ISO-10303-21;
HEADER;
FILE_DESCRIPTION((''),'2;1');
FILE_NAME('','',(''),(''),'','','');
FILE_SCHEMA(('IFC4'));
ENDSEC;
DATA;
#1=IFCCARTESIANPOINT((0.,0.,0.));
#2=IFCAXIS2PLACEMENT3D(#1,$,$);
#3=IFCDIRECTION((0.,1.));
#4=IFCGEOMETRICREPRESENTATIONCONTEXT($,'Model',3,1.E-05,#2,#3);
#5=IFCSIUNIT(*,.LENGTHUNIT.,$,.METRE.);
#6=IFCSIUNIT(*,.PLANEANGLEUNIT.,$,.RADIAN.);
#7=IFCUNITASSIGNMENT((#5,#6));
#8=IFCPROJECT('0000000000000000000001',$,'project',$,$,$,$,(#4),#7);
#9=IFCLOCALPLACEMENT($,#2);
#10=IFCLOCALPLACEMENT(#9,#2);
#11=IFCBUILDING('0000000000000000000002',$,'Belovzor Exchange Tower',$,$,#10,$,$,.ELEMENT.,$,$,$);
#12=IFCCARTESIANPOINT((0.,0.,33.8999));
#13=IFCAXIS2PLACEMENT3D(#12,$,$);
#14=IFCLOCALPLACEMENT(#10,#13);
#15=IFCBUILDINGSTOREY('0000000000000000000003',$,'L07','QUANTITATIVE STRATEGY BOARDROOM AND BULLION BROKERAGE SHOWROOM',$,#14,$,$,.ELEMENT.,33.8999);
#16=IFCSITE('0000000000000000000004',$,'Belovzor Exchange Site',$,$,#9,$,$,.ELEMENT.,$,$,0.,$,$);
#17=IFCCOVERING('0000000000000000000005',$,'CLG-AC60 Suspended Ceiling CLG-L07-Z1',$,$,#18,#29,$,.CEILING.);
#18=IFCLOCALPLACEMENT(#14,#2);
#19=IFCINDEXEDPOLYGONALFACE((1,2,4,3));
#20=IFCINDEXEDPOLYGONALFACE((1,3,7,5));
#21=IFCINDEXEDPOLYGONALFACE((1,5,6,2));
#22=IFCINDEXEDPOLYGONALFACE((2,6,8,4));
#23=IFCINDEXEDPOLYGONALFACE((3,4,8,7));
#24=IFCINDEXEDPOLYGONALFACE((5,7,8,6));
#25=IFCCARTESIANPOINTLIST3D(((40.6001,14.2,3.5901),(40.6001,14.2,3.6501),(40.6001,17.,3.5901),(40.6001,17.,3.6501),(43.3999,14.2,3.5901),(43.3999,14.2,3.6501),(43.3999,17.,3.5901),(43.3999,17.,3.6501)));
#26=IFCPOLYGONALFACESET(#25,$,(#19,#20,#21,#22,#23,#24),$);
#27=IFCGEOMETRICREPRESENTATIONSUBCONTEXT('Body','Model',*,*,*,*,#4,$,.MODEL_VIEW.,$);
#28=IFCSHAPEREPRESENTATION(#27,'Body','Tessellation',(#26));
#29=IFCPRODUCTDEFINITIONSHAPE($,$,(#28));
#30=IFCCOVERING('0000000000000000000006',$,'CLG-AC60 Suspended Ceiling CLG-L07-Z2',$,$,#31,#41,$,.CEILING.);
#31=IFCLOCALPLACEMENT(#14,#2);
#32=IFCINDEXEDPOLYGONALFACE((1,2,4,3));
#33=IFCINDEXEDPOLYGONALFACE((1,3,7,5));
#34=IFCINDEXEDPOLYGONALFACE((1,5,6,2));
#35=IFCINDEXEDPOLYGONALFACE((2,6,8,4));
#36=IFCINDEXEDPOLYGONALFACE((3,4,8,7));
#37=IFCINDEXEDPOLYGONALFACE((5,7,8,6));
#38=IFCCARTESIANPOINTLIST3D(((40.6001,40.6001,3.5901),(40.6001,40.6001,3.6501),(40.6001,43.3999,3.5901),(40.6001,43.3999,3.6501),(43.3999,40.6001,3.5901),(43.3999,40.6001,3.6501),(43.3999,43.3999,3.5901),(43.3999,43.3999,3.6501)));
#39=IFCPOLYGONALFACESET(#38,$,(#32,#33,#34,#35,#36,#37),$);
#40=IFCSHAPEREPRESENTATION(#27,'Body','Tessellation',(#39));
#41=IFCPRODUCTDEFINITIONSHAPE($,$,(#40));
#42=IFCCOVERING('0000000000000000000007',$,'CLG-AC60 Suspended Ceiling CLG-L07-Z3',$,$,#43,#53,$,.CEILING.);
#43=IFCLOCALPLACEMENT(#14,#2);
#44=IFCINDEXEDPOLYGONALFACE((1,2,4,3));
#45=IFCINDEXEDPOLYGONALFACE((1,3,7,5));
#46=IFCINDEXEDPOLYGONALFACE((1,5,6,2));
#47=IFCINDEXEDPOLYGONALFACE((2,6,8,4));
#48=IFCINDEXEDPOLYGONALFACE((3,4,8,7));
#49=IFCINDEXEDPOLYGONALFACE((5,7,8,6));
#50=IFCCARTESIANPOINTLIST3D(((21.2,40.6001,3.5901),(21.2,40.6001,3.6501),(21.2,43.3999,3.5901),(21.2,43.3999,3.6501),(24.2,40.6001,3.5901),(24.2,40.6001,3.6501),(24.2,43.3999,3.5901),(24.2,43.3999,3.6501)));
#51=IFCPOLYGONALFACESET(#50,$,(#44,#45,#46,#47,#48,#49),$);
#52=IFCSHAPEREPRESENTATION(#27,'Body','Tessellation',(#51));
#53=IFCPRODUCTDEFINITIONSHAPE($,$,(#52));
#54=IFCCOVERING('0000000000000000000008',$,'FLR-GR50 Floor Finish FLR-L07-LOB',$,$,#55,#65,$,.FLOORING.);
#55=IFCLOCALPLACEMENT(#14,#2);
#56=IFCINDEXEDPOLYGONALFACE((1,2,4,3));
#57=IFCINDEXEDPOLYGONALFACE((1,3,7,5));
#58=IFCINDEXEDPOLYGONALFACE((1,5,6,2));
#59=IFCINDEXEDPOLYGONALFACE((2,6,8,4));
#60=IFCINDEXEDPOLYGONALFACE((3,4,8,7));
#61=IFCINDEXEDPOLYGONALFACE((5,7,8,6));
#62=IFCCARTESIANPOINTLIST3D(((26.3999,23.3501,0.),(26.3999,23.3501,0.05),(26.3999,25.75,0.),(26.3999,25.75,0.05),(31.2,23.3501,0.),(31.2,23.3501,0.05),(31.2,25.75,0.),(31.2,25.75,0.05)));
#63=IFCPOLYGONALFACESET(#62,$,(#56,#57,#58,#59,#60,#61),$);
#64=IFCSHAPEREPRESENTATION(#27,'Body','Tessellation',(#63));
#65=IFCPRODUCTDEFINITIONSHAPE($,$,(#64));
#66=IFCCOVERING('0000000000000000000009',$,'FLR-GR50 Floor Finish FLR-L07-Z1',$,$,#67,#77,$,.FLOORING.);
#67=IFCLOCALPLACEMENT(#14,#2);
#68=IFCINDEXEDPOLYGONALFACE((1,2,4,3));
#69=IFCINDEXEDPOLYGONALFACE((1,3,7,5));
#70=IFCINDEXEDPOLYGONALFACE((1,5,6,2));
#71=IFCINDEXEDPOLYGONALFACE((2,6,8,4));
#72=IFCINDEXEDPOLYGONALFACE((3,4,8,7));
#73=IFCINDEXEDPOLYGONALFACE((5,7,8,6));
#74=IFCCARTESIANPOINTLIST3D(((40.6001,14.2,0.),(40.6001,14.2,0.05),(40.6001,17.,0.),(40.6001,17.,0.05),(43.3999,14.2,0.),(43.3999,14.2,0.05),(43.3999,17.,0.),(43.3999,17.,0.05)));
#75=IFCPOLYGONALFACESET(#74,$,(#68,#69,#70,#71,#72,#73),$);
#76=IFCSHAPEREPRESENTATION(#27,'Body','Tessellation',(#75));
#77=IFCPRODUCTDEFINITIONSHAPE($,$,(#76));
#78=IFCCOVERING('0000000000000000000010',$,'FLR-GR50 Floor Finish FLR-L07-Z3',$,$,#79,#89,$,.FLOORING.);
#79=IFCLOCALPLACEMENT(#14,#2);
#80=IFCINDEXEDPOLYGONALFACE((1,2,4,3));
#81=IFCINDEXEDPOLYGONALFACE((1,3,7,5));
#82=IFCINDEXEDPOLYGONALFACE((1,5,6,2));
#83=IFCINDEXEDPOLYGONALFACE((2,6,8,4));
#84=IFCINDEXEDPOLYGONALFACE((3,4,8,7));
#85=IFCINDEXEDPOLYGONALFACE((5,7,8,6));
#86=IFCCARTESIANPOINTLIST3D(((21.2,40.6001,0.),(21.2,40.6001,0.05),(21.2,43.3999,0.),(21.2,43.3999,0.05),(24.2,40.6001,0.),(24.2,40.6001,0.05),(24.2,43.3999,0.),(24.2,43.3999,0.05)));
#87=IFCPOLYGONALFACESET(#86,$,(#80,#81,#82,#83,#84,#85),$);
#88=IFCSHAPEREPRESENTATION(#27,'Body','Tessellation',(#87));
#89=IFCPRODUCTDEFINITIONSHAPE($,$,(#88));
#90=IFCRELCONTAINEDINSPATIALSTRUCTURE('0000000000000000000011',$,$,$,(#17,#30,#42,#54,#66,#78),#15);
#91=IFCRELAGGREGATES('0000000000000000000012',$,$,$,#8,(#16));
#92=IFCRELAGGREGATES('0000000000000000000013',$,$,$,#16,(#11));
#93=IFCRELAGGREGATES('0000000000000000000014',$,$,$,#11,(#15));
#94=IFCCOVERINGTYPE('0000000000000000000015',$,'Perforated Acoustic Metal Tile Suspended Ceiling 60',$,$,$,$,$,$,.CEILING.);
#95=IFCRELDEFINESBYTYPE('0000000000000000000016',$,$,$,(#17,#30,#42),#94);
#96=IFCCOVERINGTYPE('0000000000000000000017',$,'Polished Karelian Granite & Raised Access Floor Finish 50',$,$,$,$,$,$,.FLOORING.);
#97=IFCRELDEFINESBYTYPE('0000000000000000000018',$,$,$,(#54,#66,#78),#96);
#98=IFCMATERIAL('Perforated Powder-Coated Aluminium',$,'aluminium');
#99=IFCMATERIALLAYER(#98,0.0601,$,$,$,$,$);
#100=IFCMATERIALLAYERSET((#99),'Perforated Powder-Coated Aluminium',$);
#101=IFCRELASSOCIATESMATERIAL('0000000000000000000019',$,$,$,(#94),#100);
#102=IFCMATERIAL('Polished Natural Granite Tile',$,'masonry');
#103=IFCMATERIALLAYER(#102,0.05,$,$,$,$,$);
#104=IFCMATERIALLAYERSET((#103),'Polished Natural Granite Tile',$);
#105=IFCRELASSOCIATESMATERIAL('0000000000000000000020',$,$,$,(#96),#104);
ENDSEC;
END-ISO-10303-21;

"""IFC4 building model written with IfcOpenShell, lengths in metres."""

from ifc_helpers import new_model, si_unit, direction, frame, origin, place, context, subcontext, project, spatial, polyline, outline, extrude, material, layer, layer_set, type_object, element, save


model = new_model("IFC4")

# Units and contexts
model_context = context("Model", 3, precision=1e-05, world=origin(), true_north=direction((0.0, 1.0)))
body_context = subcontext(model_context, "Body", "Model", "MODEL_VIEW")
ifc_project = project(units=[si_unit("LENGTHUNIT", "METRE"), si_unit("PLANEANGLEUNIT", "RADIAN")], contexts=[model_context])

# Site, building, storey
site_placement = place(None, origin())
site = spatial("IfcSite", under=ifc_project, at=site_placement, Name="Belovzor Exchange Site", CompositionType="ELEMENT", RefElevation=0.0)
building_placement = place(site_placement, origin())
building = spatial("IfcBuilding", under=site, at=building_placement, Name="Belovzor Exchange Tower", CompositionType="ELEMENT")
storey_placement = place(building_placement, frame((0.0, 0.0, 33.8999)))
storey = spatial("IfcBuildingStorey", under=building, at=storey_placement, Name="L07", Description="QUANTITATIVE STRATEGY BOARDROOM AND BULLION BROKERAGE SHOWROOM", CompositionType="ELEMENT", Elevation=33.8999)

# Coverings
ifc_material_1 = material(Name="Perforated Powder-Coated Aluminium", Category="aluminium")
ifc_layer_1 = layer(ifc_material_1, 0.0601)
ifc_layer_set_1 = layer_set([ifc_layer_1], Name="Perforated Powder-Coated Aluminium")
covering_type_1 = type_object("IfcCoveringType", Name="Perforated Acoustic Metal Tile Suspended Ceiling 60", PredefinedType="CEILING", material=ifc_layer_set_1)
covering_1_placement = place(storey_placement, frame((0.0, 0.0, 3.5901)))
element("IfcCovering", 1, at=covering_1_placement, inside=storey, type_object=covering_type_1, Name="CLG-AC60 Suspended Ceiling CLG-L07-Z1", PredefinedType="CEILING", context=body_context, shape_type="SweptSolid", body=[
    extrude(outline(polyline([(40.6001, 14.2), (43.3999, 14.2), (43.3999, 17.0), (40.6001, 17.0), (40.6001, 14.2)])), origin(), (0.0, 0.0, 1.0), 0.0601),
])
covering_2_placement = place(storey_placement, frame((0.0, 0.0, 3.5901)))
element("IfcCovering", 2, at=covering_2_placement, inside=storey, type_object=covering_type_1, Name="CLG-AC60 Suspended Ceiling CLG-L07-Z2", PredefinedType="CEILING", context=body_context, shape_type="SweptSolid", body=[
    extrude(outline(polyline([(40.6001, 40.6001), (43.3999, 40.6001), (43.3999, 43.3999), (40.6001, 43.3999), (40.6001, 40.6001)])), origin(), (0.0, 0.0, 1.0), 0.0601),
])
covering_3_placement = place(storey_placement, frame((0.0, 0.0, 3.5901)))
element("IfcCovering", 3, at=covering_3_placement, inside=storey, type_object=covering_type_1, Name="CLG-AC60 Suspended Ceiling CLG-L07-Z3", PredefinedType="CEILING", context=body_context, shape_type="SweptSolid", body=[
    extrude(outline(polyline([(21.2, 40.6001), (24.2, 40.6001), (24.2, 43.3999), (21.2, 43.3999), (21.2, 40.6001)])), origin(), (0.0, 0.0, 1.0), 0.0601),
])
ifc_material_2 = material(Name="Polished Natural Granite Tile", Category="masonry")
ifc_layer_2 = layer(ifc_material_2, 0.05)
ifc_layer_set_2 = layer_set([ifc_layer_2], Name="Polished Natural Granite Tile")
covering_type_2 = type_object("IfcCoveringType", Name="Polished Karelian Granite & Raised Access Floor Finish 50", PredefinedType="FLOORING", material=ifc_layer_set_2)
covering_4_placement = place(storey_placement, origin())
element("IfcCovering", 4, at=covering_4_placement, inside=storey, type_object=covering_type_2, Name="FLR-GR50 Floor Finish FLR-L07-LOB", PredefinedType="FLOORING", context=body_context, shape_type="SweptSolid", body=[
    extrude(outline(polyline([(26.3999, 23.3501), (31.2, 23.3501), (31.2, 25.75), (26.3999, 25.75), (26.3999, 23.3501)])), origin(), (0.0, 0.0, 1.0), 0.05),
])
covering_5_placement = place(storey_placement, origin())
element("IfcCovering", 5, at=covering_5_placement, inside=storey, type_object=covering_type_2, Name="FLR-GR50 Floor Finish FLR-L07-Z1", PredefinedType="FLOORING", context=body_context, shape_type="SweptSolid", body=[
    extrude(outline(polyline([(40.6001, 14.2), (43.3999, 14.2), (43.3999, 17.0), (40.6001, 17.0), (40.6001, 14.2)])), origin(), (0.0, 0.0, 1.0), 0.05),
])
covering_6_placement = place(storey_placement, origin())
element("IfcCovering", 6, at=covering_6_placement, inside=storey, type_object=covering_type_2, Name="FLR-GR50 Floor Finish FLR-L07-Z3", PredefinedType="FLOORING", context=body_context, shape_type="SweptSolid", body=[
    extrude(outline(polyline([(21.2, 40.6001), (24.2, 40.6001), (24.2, 43.3999), (21.2, 43.3999), (21.2, 40.6001)])), origin(), (0.0, 0.0, 1.0), 0.05),
])

save(model, "model.ifc")
